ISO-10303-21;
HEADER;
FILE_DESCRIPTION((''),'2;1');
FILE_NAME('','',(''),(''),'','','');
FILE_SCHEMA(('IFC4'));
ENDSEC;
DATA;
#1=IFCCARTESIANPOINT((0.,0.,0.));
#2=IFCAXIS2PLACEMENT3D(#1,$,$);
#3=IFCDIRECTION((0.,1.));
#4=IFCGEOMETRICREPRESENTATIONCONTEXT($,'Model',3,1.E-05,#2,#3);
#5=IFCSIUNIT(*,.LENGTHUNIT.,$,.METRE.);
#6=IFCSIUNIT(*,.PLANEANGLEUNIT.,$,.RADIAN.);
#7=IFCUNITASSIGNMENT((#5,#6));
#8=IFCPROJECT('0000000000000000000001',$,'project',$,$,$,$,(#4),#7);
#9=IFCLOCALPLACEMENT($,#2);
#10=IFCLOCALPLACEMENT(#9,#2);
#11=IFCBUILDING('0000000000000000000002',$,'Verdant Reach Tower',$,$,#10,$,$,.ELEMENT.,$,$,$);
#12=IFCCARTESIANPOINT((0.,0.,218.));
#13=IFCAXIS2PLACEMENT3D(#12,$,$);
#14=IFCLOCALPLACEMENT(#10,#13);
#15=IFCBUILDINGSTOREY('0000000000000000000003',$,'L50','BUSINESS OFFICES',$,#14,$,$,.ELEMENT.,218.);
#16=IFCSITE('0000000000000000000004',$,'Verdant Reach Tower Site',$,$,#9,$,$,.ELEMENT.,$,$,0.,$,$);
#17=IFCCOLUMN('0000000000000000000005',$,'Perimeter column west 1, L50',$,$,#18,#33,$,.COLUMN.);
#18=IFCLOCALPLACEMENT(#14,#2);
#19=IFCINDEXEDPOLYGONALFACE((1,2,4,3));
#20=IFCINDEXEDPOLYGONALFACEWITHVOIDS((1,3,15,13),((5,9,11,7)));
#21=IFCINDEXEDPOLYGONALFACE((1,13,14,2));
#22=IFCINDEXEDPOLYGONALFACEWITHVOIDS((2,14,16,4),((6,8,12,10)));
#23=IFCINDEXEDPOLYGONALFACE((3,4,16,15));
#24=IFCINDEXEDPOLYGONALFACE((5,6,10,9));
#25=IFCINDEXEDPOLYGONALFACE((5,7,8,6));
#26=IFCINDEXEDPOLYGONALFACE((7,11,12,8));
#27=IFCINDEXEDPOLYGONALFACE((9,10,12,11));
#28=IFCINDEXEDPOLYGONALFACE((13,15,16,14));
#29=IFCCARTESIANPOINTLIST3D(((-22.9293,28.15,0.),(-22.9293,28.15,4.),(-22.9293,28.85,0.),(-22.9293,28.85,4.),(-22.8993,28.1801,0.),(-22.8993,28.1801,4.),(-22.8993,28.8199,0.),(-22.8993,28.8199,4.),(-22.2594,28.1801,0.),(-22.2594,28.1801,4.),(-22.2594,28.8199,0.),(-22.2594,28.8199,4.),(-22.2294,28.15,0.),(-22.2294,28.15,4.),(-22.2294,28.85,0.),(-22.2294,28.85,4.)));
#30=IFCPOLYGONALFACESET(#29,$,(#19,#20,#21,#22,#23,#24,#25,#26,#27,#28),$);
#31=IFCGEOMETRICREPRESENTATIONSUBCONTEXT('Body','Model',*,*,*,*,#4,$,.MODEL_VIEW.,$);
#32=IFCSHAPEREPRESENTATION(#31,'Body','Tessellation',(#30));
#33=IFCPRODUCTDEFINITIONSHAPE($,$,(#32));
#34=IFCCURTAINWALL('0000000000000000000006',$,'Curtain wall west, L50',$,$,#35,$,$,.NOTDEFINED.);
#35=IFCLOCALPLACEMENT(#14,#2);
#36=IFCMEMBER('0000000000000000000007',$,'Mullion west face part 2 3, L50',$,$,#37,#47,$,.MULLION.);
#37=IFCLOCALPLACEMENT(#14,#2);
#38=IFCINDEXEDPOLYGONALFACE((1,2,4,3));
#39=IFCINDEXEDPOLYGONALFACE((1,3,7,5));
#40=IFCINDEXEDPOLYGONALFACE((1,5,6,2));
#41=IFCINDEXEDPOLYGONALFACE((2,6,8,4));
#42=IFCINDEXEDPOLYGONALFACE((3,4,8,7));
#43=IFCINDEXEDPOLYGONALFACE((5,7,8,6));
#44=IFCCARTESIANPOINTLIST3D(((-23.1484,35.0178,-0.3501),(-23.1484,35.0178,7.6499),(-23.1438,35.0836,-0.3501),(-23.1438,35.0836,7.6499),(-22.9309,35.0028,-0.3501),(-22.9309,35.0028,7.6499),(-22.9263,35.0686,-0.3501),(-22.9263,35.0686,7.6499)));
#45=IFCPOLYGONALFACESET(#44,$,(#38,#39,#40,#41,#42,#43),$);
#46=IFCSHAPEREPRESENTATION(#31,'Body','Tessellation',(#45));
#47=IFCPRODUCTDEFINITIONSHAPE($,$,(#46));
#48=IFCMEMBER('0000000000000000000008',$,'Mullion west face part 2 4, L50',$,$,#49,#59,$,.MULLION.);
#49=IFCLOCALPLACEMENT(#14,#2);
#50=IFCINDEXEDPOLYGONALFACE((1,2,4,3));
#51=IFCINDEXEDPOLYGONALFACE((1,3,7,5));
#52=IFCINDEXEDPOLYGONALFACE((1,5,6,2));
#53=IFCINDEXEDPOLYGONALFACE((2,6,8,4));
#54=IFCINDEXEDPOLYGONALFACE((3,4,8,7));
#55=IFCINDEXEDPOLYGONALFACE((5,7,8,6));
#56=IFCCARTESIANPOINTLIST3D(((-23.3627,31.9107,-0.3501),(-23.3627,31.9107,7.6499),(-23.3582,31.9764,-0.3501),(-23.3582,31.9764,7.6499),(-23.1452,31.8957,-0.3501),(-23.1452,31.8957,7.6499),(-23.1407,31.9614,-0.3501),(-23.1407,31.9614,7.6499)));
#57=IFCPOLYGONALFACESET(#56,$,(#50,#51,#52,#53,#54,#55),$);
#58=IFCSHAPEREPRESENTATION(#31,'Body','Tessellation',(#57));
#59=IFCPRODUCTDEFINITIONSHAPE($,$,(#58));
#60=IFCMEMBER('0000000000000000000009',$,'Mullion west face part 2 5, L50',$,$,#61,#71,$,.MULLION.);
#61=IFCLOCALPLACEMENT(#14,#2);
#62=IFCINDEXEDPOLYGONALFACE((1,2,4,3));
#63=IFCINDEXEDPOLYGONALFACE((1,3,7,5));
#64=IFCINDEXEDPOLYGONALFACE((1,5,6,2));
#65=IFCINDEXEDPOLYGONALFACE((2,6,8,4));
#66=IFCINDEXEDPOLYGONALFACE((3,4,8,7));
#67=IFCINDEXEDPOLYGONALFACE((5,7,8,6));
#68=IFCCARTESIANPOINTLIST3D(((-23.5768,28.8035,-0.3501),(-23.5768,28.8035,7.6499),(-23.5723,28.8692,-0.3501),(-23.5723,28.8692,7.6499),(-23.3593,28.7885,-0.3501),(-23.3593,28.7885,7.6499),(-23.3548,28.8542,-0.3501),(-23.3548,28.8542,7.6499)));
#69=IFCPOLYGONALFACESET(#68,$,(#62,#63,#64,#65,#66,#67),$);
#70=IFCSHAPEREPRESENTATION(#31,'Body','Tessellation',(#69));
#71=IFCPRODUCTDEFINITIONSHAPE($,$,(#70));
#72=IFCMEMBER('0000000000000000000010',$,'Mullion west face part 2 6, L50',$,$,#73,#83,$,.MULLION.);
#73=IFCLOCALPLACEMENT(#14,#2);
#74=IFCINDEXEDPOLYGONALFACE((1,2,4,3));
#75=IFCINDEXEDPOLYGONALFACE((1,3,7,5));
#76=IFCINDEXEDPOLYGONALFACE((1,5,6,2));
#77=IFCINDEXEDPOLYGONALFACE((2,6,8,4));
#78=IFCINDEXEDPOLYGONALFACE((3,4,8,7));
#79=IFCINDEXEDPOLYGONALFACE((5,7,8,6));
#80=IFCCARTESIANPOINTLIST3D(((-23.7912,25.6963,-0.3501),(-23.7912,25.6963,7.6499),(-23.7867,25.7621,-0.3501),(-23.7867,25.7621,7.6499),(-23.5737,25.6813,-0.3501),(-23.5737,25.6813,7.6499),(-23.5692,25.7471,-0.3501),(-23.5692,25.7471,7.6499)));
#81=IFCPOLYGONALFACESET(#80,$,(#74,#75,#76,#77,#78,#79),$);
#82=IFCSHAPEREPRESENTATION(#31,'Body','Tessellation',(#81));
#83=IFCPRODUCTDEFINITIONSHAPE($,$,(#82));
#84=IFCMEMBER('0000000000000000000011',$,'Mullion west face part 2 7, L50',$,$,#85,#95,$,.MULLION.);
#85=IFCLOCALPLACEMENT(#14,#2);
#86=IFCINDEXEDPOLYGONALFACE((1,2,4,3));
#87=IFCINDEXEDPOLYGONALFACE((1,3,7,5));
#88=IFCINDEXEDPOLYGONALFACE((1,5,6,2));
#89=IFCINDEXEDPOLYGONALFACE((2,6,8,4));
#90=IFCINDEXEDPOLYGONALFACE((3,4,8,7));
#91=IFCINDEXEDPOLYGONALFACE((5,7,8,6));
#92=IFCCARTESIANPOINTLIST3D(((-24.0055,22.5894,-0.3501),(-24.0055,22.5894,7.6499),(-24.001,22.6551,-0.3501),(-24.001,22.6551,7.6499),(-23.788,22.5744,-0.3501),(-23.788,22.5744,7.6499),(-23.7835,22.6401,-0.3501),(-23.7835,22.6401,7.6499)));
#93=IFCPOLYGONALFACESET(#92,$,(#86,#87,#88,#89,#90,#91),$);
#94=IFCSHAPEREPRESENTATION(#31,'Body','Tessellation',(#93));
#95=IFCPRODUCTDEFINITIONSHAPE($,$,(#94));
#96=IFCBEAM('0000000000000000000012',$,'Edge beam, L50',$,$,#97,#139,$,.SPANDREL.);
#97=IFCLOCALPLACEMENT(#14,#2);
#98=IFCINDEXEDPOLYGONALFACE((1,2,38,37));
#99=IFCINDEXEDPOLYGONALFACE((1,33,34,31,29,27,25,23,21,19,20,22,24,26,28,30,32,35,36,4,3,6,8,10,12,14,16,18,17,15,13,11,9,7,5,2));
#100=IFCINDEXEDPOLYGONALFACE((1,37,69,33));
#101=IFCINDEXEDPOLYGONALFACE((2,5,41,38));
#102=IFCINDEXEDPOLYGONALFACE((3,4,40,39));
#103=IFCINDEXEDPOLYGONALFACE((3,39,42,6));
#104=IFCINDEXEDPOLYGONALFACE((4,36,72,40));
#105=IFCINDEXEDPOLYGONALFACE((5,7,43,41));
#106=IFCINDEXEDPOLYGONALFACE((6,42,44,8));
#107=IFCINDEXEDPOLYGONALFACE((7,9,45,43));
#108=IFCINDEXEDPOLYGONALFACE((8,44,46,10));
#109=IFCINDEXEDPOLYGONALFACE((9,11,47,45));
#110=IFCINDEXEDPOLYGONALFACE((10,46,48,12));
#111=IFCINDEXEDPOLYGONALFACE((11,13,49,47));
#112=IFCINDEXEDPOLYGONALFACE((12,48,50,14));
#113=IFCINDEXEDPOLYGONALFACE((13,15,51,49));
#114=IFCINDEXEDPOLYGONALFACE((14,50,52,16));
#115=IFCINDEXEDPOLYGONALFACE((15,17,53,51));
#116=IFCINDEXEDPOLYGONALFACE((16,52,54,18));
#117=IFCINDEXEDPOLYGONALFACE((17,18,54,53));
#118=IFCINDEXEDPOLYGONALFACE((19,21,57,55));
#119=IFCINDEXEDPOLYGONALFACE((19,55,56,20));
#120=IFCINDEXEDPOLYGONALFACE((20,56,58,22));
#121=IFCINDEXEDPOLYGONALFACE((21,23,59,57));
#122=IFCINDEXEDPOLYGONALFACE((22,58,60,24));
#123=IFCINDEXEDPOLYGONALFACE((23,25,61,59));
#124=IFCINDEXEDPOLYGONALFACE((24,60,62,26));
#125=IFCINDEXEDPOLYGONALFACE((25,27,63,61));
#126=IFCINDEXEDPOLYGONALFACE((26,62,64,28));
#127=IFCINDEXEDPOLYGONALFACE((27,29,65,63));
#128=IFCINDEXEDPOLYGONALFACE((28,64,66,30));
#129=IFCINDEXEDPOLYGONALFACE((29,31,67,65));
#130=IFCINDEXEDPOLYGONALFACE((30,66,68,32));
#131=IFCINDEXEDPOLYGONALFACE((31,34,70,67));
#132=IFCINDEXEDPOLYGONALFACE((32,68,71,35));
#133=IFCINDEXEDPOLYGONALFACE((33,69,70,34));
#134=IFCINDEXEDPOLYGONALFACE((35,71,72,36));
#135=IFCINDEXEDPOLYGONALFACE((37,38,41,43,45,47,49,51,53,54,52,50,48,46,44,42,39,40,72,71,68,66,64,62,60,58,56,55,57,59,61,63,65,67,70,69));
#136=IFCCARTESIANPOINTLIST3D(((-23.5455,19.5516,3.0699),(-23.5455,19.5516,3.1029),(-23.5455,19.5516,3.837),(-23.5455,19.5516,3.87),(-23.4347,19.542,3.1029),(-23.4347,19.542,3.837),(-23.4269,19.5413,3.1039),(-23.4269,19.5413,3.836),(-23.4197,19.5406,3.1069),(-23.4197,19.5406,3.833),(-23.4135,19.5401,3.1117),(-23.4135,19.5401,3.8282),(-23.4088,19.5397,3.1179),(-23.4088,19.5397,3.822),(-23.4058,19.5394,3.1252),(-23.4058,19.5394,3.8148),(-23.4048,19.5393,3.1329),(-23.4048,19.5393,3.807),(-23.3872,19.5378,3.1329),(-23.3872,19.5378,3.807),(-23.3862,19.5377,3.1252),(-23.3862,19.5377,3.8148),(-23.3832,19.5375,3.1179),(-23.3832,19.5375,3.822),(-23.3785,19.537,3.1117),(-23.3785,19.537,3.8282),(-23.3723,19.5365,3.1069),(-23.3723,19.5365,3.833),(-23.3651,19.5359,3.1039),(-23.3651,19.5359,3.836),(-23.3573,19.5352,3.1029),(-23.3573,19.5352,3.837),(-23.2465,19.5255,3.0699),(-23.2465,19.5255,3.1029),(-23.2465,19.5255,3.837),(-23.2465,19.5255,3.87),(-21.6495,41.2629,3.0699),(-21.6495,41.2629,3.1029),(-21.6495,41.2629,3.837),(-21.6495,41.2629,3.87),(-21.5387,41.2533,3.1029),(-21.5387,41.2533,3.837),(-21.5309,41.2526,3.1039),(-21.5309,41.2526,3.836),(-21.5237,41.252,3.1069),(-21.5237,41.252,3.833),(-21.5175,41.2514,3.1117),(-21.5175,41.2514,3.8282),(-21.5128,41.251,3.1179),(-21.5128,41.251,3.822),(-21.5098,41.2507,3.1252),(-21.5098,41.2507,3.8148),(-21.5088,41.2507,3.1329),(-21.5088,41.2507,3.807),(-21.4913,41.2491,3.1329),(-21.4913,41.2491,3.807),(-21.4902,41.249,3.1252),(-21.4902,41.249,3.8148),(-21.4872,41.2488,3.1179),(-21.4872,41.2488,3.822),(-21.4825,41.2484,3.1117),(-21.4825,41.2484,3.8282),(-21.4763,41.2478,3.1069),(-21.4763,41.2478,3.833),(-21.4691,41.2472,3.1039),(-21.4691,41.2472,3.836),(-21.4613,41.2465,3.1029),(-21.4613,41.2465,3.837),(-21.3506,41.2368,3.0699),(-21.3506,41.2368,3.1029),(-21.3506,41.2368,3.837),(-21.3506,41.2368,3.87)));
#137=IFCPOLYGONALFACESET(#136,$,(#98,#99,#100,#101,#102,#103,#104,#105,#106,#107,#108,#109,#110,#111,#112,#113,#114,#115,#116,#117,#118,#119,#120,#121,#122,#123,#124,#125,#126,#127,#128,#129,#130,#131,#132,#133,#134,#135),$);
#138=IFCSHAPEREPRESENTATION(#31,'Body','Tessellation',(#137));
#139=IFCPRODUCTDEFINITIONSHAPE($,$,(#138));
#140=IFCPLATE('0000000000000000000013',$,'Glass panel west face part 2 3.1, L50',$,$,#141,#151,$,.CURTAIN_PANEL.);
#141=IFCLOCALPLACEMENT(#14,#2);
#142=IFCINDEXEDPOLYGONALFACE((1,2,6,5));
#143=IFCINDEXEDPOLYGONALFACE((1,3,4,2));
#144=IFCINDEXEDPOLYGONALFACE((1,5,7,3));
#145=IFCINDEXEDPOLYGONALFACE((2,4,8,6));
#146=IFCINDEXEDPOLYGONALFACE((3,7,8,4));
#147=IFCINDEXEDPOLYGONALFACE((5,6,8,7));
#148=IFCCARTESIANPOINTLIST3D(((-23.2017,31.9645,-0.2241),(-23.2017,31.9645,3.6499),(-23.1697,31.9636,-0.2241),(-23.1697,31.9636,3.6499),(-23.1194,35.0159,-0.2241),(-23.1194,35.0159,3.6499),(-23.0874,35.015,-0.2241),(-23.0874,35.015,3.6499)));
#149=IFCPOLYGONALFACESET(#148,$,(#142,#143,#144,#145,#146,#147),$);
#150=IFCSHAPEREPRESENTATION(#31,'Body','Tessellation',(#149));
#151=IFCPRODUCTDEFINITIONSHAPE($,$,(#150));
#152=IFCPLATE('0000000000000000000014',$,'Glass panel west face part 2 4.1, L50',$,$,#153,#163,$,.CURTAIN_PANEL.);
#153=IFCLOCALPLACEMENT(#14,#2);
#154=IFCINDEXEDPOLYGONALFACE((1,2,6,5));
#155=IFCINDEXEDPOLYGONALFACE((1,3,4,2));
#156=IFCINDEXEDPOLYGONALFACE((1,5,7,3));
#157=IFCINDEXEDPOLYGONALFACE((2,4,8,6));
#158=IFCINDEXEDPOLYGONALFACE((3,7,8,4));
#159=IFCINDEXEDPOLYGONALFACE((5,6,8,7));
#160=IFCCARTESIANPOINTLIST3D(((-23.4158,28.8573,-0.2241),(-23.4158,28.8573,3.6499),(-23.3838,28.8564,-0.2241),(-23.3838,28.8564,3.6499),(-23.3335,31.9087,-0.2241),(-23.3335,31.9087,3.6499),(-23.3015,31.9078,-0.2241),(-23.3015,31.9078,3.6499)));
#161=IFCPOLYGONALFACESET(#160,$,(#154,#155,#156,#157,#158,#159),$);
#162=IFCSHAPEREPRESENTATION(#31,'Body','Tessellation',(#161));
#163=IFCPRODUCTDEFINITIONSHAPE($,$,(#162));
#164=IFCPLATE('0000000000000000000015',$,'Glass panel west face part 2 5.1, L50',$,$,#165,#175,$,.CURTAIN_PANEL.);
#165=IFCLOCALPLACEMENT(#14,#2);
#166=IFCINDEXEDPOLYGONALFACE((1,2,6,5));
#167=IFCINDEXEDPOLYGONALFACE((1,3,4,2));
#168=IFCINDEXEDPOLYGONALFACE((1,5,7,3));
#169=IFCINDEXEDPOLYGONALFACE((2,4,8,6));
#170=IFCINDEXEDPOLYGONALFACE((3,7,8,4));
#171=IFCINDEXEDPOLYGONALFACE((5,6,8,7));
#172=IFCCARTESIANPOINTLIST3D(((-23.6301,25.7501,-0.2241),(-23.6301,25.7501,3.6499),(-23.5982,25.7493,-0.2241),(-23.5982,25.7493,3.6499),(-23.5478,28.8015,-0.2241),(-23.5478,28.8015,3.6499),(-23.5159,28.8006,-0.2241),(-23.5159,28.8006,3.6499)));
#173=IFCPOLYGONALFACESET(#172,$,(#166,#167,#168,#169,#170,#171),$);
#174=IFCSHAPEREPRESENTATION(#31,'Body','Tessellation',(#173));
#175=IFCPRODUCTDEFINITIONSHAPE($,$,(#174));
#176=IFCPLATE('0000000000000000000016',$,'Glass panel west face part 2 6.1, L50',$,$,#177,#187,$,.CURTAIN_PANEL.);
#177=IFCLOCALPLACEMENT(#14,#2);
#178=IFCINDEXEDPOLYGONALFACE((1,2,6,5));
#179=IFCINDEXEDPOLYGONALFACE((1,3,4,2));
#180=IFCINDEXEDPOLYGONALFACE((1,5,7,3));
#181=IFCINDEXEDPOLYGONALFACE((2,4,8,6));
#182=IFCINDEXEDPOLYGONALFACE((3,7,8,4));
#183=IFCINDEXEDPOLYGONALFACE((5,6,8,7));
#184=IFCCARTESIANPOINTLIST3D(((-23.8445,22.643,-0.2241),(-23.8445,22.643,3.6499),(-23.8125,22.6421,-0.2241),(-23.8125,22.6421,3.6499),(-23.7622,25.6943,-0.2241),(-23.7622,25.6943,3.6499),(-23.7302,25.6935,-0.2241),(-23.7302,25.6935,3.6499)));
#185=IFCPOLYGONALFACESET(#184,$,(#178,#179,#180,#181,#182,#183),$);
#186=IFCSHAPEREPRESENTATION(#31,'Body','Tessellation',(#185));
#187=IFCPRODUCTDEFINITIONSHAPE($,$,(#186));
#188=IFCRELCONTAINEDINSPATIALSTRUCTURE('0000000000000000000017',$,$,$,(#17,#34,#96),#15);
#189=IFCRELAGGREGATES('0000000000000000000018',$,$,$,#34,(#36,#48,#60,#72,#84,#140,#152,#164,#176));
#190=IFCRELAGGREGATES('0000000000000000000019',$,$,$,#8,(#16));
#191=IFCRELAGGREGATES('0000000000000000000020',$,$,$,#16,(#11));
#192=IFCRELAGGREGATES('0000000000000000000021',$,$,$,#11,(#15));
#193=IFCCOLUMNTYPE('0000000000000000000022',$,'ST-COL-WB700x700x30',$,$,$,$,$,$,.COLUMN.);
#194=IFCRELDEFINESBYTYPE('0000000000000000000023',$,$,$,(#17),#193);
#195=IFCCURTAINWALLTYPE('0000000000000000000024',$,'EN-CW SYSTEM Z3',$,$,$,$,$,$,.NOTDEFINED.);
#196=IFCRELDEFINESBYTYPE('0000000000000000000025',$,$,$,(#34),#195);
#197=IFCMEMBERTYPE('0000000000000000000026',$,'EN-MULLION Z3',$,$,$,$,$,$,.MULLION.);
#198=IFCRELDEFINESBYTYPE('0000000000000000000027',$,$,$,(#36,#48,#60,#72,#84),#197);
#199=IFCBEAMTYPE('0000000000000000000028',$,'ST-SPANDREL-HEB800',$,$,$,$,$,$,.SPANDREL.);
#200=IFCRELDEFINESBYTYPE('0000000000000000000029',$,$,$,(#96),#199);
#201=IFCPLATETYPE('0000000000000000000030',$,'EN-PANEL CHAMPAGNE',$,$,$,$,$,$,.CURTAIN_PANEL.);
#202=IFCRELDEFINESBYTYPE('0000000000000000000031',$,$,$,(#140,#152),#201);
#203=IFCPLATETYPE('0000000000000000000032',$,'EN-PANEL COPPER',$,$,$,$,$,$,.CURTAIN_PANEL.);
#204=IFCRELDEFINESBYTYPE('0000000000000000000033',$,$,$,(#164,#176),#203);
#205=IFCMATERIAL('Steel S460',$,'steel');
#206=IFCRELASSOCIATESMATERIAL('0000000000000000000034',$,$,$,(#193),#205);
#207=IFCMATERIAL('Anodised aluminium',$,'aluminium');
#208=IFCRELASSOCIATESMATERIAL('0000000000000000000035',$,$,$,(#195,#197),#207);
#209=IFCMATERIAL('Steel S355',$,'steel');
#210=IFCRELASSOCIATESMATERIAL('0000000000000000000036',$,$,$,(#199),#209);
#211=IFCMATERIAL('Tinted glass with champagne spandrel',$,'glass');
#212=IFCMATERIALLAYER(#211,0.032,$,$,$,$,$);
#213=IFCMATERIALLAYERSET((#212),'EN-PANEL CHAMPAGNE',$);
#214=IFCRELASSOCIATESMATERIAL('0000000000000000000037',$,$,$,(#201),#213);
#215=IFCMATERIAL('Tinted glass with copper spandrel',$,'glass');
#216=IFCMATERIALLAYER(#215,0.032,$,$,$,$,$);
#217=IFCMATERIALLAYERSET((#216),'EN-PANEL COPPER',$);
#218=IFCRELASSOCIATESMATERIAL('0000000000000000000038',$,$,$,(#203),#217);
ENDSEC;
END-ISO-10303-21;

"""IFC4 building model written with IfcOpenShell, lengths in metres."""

from ifc_helpers import new_model, si_unit, direction, frame, origin, origin_2d, place, context, subcontext, project, spatial, rectangle, hollow_rectangle, i_section, extrude, material, layer, layer_set, material_profile, profile_set, type_object, element, aggregate, save


model = new_model("IFC4")

# Units and contexts
model_context = context("Model", 3, precision=1e-05, world=origin(), true_north=direction((0.0, 1.0)))
body_context = subcontext(model_context, "Body", "Model", "MODEL_VIEW")
ifc_project = project(units=[si_unit("LENGTHUNIT", "METRE"), si_unit("PLANEANGLEUNIT", "RADIAN")], contexts=[model_context])

# Site, building, storey
site_placement = place(None, origin())
site = spatial("IfcSite", under=ifc_project, at=site_placement, Name="Verdant Reach Tower Site", CompositionType="ELEMENT", RefElevation=0.0)
building_placement = place(site_placement, origin())
building = spatial("IfcBuilding", under=site, at=building_placement, Name="Verdant Reach Tower", CompositionType="ELEMENT")
storey_placement = place(building_placement, frame((0.0, 0.0, 218.0)))
storey = spatial("IfcBuildingStorey", under=building, at=storey_placement, Name="L50", Description="BUSINESS OFFICES", CompositionType="ELEMENT", Elevation=218.0)

# Column
ifc_material_1 = material(Name="Steel S460", Category="steel")
ifc_material_profile_1 = material_profile(ifc_material_1, hollow_rectangle(XDim=0.7, YDim=0.7, WallThickness=0.03, at=origin_2d()), Name="WB 700x700x30")
ifc_profile_set_1 = profile_set([ifc_material_profile_1], Name="Steel S460")
column_type = type_object("IfcColumnType", Name="ST-COL-WB700x700x30", PredefinedType="COLUMN", material=ifc_profile_set_1)
column_placement = place(storey_placement, frame((-22.5793, 28.5, 0.0), z_axis=(0.0, 0.0, 1.0), x_axis=(1.0, 0.0, 0.0)))
element("IfcColumn", 1, at=column_placement, inside=storey, type_object=column_type, Name="Perimeter column west 1, L50", PredefinedType="COLUMN", context=body_context, shape_type="SweptSolid", body=[
    extrude(hollow_rectangle(XDim=0.7, YDim=0.7, WallThickness=0.03, at=origin_2d()), origin(), (0.0, 0.0, 1.0), 4.0),
])

# Curtain wall, members
ifc_material_2 = material(Name="Anodised aluminium", Category="aluminium")
curtain_wall_type = type_object("IfcCurtainWallType", Name="EN-CW SYSTEM Z3", PredefinedType="NOTDEFINED", material=ifc_material_2)
curtain_wall_placement = place(storey_placement, origin())
curtain_wall = element("IfcCurtainWall", 2, at=curtain_wall_placement, inside=storey, type_object=curtain_wall_type, Name="Curtain wall west, L50", PredefinedType="NOTDEFINED")
ifc_material_profile_2 = material_profile(ifc_material_2, rectangle(XDim=0.218, YDim=0.0659, at=origin_2d()), Name="Mullion 66x218")
ifc_profile_set_2 = profile_set([ifc_material_profile_2], Name="Anodised aluminium")
member_type = type_object("IfcMemberType", Name="EN-MULLION Z3", PredefinedType="MULLION", material=ifc_profile_set_2)
member_1_placement = place(storey_placement, frame((-23.0374, 35.0432, -0.3501), z_axis=(0.0, 0.0, 1.0), x_axis=(-0.99763, 0.068802, 0.0)))
member_1 = element("IfcMember", 3, at=member_1_placement, type_object=member_type, Name="Mullion west face part 2 3, L50", PredefinedType="MULLION", context=body_context, shape_type="SweptSolid", body=[
    extrude(rectangle(XDim=0.218, YDim=0.0659, at=origin_2d()), origin(), (0.0, 0.0, 1.0), 8.0),
])
member_2_placement = place(storey_placement, frame((-23.2517, 31.936, -0.3501), z_axis=(0.0, 0.0, 1.0), x_axis=(-0.99763, 0.068802, 0.0)))
member_2 = element("IfcMember", 4, at=member_2_placement, type_object=member_type, Name="Mullion west face part 2 4, L50", PredefinedType="MULLION", context=body_context, shape_type="SweptSolid", body=[
    extrude(rectangle(XDim=0.218, YDim=0.0659, at=origin_2d()), origin(), (0.0, 0.0, 1.0), 8.0),
])
member_3_placement = place(storey_placement, frame((-23.4658, 28.8289, -0.3501), z_axis=(0.0, 0.0, 1.0), x_axis=(-0.99763, 0.068802, 0.0)))
member_3 = element("IfcMember", 5, at=member_3_placement, type_object=member_type, Name="Mullion west face part 2 5, L50", PredefinedType="MULLION", context=body_context, shape_type="SweptSolid", body=[
    extrude(rectangle(XDim=0.218, YDim=0.0659, at=origin_2d()), origin(), (0.0, 0.0, 1.0), 8.0),
])
member_4_placement = place(storey_placement, frame((-23.6802, 25.7217, -0.3501), z_axis=(0.0, 0.0, 1.0), x_axis=(-0.99763, 0.068802, 0.0)))
member_4 = element("IfcMember", 6, at=member_4_placement, type_object=member_type, Name="Mullion west face part 2 6, L50", PredefinedType="MULLION", context=body_context, shape_type="SweptSolid", body=[
    extrude(rectangle(XDim=0.218, YDim=0.0659, at=origin_2d()), origin(), (0.0, 0.0, 1.0), 8.0),
])
member_5_placement = place(storey_placement, frame((-23.8945, 22.6147, -0.3501), z_axis=(0.0, 0.0, 1.0), x_axis=(-0.99763, 0.068802, 0.0)))
member_5 = element("IfcMember", 7, at=member_5_placement, type_object=member_type, Name="Mullion west face part 2 7, L50", PredefinedType="MULLION", context=body_context, shape_type="SweptSolid", body=[
    extrude(rectangle(XDim=0.218, YDim=0.0659, at=origin_2d()), origin(), (0.0, 0.0, 1.0), 8.0),
])

# Beam
ifc_material_3 = material(Name="Steel S355", Category="steel")
ifc_material_profile_3 = material_profile(ifc_material_3, i_section(OverallWidth=0.3, OverallDepth=0.8, WebThickness=0.0176, FlangeThickness=0.033, FilletRadius=0.03, at=origin_2d()), Name="HEB 800")
ifc_profile_set_3 = profile_set([ifc_material_profile_3], Name="Steel S355")
beam_type = type_object("IfcBeamType", Name="ST-SPANDREL-HEB800", PredefinedType="SPANDREL", material=ifc_profile_set_3)
beam_placement = place(storey_placement, frame((-23.396, 19.5386, 3.47), z_axis=(0.086996, 0.996209, 0.0), x_axis=(-0.996209, 0.086996, 0.0)))
element("IfcBeam", 8, at=beam_placement, inside=storey, type_object=beam_type, Name="Edge beam, L50", PredefinedType="SPANDREL", context=body_context, shape_type="SweptSolid", body=[
    extrude(i_section(OverallWidth=0.3, OverallDepth=0.8, WebThickness=0.0176, FlangeThickness=0.033, FilletRadius=0.03, at=origin_2d()), origin(), (0.0, 0.0, 1.0), 21.7939),
])

# Plates
ifc_material_4 = material(Name="Tinted glass with champagne spandrel", Category="glass")
ifc_layer_1 = layer(ifc_material_4, 0.032)
ifc_layer_set_1 = layer_set([ifc_layer_1], Name="EN-PANEL CHAMPAGNE")
plate_type_1 = type_object("IfcPlateType", Name="EN-PANEL CHAMPAGNE", PredefinedType="CURTAIN_PANEL", material=ifc_layer_set_1)
plate_1_placement = place(storey_placement, frame((-23.1445, 33.4897, -0.2241), z_axis=(0.0, 0.0, 1.0), x_axis=(-0.026965, -0.999636, 0.0)))
plate_1 = element("IfcPlate", 9, at=plate_1_placement, type_object=plate_type_1, Name="Glass panel west face part 2 3.1, L50", PredefinedType="CURTAIN_PANEL", context=body_context, shape_type="SweptSolid", body=[
    extrude(rectangle(XDim=3.0525, YDim=0.032, at=origin_2d()), origin(), (0.0, 0.0, 1.0), 3.874),
])
plate_2_placement = place(storey_placement, frame((-23.3586, 30.3826, -0.2241), z_axis=(0.0, 0.0, 1.0), x_axis=(-0.026965, -0.999636, 0.0)))
plate_2 = element("IfcPlate", 10, at=plate_2_placement, type_object=plate_type_1, Name="Glass panel west face part 2 4.1, L50", PredefinedType="CURTAIN_PANEL", context=body_context, shape_type="SweptSolid", body=[
    extrude(rectangle(XDim=3.0525, YDim=0.032, at=origin_2d()), origin(), (0.0, 0.0, 1.0), 3.874),
])
ifc_material_5 = material(Name="Tinted glass with copper spandrel", Category="glass")
ifc_layer_2 = layer(ifc_material_5, 0.032)
ifc_layer_set_2 = layer_set([ifc_layer_2], Name="EN-PANEL COPPER")
plate_type_2 = type_object("IfcPlateType", Name="EN-PANEL COPPER", PredefinedType="CURTAIN_PANEL", material=ifc_layer_set_2)
plate_3_placement = place(storey_placement, frame((-23.573, 27.2754, -0.2241), z_axis=(0.0, 0.0, 1.0), x_axis=(-0.026965, -0.999636, 0.0)))
plate_3 = element("IfcPlate", 11, at=plate_3_placement, type_object=plate_type_2, Name="Glass panel west face part 2 5.1, L50", PredefinedType="CURTAIN_PANEL", context=body_context, shape_type="SweptSolid", body=[
    extrude(rectangle(XDim=3.0525, YDim=0.032, at=origin_2d()), origin(), (0.0, 0.0, 1.0), 3.874),
])
plate_4_placement = place(storey_placement, frame((-23.7874, 24.1682, -0.2241), z_axis=(0.0, 0.0, 1.0), x_axis=(-0.026965, -0.999636, 0.0)))
plate_4 = element("IfcPlate", 12, at=plate_4_placement, type_object=plate_type_2, Name="Glass panel west face part 2 6.1, L50", PredefinedType="CURTAIN_PANEL", context=body_context, shape_type="SweptSolid", body=[
    extrude(rectangle(XDim=3.0525, YDim=0.032, at=origin_2d()), origin(), (0.0, 0.0, 1.0), 3.874),
])
aggregate(curtain_wall, [member_1, member_2, member_3, member_4, member_5, plate_1, plate_2, plate_3, plate_4])

save(model, "model.ifc")
